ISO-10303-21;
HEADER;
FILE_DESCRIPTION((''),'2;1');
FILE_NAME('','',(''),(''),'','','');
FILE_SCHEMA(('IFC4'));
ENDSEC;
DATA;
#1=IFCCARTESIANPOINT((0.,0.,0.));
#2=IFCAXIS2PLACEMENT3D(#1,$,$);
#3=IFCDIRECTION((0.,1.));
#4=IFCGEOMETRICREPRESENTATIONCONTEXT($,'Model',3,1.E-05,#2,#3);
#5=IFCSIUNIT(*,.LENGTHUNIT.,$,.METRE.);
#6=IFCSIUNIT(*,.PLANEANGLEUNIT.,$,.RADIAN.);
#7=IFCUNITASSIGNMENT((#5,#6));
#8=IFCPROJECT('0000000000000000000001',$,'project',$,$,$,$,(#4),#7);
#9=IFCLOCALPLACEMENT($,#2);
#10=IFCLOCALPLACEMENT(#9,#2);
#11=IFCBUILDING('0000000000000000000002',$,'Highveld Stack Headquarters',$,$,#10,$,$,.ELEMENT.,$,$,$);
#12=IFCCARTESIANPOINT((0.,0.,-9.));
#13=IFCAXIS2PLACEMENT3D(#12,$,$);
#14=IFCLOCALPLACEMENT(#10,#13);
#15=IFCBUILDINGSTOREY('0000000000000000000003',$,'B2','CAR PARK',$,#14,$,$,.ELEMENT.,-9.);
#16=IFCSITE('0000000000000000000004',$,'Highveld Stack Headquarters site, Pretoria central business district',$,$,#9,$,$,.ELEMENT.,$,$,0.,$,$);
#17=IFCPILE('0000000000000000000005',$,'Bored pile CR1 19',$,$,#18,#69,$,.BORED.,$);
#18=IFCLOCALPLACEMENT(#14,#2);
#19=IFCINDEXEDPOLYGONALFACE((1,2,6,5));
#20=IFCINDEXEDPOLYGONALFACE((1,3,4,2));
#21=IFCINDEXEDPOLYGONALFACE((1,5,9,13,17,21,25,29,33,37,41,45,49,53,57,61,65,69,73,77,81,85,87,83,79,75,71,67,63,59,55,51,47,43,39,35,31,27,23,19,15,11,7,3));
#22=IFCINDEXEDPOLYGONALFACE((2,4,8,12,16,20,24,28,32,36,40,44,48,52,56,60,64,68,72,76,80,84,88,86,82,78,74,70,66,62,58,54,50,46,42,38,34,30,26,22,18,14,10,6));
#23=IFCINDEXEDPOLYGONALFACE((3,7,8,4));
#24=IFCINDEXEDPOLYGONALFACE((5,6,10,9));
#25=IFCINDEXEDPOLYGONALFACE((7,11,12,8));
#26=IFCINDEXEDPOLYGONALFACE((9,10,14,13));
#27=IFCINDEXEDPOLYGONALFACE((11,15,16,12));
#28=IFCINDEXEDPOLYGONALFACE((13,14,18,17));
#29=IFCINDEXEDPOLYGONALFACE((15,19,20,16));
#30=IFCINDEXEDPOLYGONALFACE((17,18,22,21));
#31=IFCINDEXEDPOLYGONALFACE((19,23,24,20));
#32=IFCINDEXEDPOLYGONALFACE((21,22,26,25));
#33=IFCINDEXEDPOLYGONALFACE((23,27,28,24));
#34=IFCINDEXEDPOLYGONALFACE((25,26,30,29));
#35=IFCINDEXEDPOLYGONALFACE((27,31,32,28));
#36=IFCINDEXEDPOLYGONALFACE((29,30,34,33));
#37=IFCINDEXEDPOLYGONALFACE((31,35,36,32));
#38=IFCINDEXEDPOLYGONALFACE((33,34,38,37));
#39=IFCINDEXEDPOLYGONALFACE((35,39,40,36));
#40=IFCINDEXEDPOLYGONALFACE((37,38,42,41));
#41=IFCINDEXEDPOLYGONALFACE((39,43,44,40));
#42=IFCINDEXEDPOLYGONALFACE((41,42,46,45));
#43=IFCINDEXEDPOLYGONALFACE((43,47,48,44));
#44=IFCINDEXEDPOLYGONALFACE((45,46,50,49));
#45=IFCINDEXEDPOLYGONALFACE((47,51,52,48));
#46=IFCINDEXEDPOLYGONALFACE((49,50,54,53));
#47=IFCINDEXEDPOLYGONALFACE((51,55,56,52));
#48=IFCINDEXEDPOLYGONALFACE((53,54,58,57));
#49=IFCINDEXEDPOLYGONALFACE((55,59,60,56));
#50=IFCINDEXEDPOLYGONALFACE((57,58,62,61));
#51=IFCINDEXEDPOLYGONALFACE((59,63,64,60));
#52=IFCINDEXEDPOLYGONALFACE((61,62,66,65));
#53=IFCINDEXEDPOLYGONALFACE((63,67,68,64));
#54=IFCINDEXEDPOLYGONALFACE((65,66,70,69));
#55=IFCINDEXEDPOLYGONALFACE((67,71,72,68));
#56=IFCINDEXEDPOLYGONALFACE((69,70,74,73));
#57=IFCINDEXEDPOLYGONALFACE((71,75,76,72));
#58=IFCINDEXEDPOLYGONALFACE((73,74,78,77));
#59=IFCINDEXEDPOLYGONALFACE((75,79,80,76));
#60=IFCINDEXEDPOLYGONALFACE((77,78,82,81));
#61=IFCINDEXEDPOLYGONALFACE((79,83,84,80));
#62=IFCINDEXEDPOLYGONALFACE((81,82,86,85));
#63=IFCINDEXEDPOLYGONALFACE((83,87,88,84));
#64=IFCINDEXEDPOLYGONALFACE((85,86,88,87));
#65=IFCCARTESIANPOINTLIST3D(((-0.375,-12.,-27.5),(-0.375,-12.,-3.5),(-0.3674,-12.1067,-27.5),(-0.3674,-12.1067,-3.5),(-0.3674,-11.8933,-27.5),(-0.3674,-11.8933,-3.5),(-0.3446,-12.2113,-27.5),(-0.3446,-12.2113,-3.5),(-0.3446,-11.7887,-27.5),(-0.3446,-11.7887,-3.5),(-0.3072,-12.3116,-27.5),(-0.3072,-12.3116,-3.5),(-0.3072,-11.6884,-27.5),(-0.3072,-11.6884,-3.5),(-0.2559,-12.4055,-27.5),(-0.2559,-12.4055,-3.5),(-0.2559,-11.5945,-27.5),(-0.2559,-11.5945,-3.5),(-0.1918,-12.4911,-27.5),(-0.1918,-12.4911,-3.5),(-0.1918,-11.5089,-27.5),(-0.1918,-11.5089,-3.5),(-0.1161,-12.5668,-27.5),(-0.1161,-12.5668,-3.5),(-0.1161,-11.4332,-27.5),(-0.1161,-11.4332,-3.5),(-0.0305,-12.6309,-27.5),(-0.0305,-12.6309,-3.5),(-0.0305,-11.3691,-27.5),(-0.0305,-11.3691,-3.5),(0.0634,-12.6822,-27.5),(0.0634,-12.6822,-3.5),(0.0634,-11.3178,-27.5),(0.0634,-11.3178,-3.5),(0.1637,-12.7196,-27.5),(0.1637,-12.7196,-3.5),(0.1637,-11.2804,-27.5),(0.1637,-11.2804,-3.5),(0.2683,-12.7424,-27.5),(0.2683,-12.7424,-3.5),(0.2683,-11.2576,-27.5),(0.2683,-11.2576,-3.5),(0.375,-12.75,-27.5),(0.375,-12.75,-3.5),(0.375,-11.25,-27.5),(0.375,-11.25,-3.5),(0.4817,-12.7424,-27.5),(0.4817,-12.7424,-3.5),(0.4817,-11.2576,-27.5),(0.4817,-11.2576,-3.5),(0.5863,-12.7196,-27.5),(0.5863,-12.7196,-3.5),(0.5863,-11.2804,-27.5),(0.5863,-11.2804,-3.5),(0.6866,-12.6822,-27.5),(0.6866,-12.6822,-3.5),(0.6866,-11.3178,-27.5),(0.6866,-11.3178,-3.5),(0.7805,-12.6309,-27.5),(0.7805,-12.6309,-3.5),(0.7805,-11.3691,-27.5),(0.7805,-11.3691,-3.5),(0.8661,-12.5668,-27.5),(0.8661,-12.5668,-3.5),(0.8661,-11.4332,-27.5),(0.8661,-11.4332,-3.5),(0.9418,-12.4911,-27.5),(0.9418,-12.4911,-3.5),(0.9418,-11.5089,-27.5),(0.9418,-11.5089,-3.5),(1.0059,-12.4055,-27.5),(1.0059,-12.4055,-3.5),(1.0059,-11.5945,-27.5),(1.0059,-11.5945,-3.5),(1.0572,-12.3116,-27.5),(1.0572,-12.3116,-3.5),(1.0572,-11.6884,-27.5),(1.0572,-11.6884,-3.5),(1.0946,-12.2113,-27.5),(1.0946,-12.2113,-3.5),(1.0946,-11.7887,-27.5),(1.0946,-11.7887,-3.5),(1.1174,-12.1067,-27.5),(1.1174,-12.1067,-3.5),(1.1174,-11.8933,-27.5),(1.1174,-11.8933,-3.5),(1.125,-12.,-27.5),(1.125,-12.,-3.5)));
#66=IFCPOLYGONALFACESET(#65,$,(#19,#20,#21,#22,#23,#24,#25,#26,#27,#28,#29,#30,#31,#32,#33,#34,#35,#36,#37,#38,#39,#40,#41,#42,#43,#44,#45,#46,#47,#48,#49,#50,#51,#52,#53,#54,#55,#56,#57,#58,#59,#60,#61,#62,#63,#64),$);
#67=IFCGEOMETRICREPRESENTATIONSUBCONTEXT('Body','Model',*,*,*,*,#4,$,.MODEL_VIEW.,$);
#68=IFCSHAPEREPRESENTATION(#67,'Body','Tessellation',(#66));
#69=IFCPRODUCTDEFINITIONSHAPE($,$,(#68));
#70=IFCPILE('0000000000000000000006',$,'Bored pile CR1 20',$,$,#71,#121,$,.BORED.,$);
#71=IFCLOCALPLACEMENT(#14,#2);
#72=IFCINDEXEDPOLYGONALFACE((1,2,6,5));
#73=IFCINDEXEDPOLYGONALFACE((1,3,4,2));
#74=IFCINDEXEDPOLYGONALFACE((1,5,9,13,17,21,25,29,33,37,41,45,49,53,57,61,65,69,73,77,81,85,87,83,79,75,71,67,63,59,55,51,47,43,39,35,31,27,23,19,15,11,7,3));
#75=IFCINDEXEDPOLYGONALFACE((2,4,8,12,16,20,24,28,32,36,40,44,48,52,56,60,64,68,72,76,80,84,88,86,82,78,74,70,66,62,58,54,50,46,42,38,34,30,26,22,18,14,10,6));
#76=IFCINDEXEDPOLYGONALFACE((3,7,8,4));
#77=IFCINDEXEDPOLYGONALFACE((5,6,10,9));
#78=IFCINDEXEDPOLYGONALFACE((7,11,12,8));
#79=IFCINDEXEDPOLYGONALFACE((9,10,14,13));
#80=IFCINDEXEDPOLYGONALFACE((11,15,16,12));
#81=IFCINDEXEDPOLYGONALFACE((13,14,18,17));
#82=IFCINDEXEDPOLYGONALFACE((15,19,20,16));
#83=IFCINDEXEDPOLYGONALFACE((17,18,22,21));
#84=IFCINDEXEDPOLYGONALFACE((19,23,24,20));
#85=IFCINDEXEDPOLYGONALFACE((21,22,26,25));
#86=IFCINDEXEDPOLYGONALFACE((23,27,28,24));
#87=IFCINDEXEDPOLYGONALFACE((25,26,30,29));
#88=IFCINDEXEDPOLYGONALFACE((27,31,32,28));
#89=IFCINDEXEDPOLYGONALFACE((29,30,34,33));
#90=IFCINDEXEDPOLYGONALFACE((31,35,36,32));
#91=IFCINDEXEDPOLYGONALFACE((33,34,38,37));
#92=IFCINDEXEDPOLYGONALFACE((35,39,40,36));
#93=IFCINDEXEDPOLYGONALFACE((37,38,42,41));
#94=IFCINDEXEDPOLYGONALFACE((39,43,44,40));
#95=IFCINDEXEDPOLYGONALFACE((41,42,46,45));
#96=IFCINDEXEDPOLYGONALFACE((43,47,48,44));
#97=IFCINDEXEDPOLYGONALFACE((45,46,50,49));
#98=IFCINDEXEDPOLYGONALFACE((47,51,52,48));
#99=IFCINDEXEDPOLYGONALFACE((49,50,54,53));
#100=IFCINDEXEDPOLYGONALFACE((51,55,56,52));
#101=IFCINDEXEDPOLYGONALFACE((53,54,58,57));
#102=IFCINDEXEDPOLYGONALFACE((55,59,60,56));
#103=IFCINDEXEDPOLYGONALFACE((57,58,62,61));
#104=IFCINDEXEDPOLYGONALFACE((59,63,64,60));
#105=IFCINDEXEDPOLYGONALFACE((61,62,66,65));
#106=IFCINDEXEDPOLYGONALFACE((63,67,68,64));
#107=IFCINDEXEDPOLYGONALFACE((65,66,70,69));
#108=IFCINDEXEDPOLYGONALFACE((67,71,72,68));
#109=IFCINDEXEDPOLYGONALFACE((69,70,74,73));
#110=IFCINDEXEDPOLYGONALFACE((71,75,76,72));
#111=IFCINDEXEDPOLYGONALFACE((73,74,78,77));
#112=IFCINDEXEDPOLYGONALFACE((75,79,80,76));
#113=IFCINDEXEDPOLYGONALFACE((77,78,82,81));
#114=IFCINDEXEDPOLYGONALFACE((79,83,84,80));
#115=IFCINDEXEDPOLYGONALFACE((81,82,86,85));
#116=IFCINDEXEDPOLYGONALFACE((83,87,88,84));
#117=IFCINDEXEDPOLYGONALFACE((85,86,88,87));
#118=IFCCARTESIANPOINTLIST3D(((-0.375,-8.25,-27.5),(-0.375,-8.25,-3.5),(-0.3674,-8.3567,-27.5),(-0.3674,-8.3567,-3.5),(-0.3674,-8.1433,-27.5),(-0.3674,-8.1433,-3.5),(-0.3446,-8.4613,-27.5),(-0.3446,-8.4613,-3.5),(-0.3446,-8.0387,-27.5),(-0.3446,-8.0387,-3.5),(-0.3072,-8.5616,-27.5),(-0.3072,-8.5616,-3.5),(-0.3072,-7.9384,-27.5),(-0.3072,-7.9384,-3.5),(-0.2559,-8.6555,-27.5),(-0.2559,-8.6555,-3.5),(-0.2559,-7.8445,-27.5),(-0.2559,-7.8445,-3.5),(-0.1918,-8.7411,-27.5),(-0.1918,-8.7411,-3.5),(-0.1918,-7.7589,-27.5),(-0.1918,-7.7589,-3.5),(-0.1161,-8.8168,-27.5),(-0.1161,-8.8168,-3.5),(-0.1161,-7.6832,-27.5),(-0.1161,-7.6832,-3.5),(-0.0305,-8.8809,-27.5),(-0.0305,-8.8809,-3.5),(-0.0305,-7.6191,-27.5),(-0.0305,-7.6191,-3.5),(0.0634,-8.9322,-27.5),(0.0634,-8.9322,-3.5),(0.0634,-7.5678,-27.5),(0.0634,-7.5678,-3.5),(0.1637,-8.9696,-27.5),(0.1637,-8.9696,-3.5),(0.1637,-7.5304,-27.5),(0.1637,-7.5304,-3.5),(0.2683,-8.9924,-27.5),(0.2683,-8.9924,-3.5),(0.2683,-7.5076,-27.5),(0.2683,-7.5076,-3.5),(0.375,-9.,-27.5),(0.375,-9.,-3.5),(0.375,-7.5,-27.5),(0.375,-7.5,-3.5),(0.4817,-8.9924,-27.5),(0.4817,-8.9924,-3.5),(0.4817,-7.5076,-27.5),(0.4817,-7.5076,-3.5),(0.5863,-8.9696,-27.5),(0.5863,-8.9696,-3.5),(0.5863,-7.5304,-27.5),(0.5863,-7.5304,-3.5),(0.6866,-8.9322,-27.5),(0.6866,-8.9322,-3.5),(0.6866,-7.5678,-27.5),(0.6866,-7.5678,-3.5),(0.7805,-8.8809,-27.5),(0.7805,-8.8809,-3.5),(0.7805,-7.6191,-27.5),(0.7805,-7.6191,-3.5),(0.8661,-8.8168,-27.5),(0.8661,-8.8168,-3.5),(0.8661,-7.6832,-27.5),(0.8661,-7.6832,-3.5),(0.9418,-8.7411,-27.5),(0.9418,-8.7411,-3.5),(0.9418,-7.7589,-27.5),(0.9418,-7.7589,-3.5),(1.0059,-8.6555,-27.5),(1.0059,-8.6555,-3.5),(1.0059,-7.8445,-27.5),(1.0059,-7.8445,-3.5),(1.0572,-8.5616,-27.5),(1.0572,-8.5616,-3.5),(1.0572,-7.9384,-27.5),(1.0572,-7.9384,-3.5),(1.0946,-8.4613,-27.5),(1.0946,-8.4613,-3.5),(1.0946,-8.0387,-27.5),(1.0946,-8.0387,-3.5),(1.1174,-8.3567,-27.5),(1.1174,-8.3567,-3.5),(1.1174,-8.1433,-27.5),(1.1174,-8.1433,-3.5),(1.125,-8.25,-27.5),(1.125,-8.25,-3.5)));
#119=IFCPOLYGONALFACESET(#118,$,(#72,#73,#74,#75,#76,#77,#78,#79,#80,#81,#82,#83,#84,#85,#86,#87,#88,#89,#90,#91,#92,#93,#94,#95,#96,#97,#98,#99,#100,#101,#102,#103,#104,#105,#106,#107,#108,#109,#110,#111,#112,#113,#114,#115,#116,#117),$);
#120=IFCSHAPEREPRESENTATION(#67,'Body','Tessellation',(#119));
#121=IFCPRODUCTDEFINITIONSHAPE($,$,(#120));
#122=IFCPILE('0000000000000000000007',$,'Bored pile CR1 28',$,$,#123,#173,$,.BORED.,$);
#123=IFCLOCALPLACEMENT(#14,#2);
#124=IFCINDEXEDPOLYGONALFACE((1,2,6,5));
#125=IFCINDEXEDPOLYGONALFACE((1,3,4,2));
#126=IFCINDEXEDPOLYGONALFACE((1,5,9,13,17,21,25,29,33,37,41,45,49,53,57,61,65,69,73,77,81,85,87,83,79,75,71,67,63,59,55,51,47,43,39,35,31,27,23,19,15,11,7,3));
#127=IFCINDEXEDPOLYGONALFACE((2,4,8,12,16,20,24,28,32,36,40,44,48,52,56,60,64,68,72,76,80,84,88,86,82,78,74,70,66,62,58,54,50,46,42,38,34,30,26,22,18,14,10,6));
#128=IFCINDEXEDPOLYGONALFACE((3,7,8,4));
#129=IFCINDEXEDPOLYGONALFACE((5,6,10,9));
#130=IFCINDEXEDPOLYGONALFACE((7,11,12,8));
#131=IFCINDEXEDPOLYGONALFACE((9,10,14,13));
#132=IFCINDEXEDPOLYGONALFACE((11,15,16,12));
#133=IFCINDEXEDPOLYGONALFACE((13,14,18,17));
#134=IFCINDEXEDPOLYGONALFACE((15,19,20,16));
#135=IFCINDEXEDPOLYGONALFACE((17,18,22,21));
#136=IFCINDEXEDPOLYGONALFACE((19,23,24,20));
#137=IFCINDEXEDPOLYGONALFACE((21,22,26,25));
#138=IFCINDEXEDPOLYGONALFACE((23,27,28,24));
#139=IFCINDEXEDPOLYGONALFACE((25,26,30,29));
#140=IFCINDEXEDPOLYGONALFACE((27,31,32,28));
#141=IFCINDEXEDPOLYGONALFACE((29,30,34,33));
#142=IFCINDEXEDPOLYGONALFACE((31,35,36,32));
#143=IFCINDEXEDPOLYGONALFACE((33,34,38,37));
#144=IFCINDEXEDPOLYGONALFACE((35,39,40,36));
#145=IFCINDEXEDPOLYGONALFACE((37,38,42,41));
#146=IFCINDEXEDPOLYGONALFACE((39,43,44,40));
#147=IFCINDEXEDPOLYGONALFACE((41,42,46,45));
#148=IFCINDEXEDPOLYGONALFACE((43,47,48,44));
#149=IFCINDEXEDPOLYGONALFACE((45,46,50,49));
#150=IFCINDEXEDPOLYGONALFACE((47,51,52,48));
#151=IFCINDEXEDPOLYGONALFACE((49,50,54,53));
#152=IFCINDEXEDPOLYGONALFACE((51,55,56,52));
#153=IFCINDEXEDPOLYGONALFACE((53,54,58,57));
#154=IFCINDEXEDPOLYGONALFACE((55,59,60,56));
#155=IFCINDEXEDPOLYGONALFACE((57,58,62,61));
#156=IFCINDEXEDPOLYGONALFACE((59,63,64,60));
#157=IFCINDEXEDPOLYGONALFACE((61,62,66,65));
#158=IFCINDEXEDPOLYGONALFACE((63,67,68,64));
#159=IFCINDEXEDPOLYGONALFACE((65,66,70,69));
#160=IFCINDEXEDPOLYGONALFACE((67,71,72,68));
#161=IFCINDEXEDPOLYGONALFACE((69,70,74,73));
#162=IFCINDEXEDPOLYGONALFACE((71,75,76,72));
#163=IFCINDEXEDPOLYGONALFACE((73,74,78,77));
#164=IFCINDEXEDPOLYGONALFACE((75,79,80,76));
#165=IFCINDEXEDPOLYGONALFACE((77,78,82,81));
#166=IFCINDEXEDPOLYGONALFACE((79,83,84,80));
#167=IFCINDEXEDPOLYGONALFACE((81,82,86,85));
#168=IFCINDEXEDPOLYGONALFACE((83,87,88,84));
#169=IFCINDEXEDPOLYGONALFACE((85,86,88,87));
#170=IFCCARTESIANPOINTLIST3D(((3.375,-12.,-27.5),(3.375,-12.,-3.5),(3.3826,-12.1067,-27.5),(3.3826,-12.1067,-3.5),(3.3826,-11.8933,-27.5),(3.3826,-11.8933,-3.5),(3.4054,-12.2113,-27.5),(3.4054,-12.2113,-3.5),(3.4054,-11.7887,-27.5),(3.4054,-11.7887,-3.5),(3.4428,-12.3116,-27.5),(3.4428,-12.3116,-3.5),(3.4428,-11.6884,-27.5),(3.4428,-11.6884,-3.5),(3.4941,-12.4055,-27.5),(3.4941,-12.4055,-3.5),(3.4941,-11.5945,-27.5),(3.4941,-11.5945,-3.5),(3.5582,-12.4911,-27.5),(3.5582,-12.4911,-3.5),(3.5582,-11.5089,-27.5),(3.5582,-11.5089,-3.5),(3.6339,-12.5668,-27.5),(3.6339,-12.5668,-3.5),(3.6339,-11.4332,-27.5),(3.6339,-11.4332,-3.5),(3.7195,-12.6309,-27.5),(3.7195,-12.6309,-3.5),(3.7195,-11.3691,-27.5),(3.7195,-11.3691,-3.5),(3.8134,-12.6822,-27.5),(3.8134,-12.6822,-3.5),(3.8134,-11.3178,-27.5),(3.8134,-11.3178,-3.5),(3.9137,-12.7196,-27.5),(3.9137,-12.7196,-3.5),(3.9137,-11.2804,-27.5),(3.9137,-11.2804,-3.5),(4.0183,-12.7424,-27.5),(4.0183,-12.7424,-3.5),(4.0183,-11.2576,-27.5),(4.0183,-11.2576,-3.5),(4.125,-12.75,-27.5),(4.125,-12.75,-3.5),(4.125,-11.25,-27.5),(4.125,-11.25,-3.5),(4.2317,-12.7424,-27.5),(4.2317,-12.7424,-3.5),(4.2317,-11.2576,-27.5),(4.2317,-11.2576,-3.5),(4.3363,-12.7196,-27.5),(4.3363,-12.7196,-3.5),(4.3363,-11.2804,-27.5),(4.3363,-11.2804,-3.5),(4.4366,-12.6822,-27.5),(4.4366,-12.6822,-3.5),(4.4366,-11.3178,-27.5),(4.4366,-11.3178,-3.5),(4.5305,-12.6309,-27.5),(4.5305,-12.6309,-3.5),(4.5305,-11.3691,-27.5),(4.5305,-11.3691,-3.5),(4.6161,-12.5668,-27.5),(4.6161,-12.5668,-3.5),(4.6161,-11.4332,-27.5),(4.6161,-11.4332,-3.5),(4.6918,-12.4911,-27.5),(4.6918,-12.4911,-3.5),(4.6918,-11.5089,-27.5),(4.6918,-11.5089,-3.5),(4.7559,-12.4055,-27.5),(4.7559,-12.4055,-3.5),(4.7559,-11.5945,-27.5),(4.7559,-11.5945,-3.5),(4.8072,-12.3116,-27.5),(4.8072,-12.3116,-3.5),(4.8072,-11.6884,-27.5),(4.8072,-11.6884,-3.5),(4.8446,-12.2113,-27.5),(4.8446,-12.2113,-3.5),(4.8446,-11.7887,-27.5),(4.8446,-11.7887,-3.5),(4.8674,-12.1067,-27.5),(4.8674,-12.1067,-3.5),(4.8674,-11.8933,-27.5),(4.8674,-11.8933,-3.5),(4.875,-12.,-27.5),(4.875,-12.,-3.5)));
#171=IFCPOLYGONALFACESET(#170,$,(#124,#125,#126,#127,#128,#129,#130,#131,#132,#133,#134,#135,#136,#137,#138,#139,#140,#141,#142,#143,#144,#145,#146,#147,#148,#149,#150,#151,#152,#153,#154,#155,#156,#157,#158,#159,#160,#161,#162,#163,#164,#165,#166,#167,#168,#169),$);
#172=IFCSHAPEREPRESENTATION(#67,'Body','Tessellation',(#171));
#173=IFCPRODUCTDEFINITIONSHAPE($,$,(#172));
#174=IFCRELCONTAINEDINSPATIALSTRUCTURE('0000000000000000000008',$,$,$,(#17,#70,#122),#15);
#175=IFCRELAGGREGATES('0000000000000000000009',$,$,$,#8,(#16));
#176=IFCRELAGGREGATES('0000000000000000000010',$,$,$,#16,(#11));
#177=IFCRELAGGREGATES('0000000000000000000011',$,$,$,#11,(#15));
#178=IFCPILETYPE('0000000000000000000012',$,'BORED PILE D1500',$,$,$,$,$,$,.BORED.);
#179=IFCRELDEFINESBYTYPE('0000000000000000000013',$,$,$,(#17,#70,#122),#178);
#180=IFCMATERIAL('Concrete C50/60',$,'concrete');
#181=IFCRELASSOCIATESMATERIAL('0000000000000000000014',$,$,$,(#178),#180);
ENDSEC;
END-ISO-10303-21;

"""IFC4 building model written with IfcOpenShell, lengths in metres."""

from ifc_helpers import new_model, si_unit, direction, frame, origin, origin_2d, place, context, subcontext, project, spatial, circle, extrude, material, type_object, element, save


model = new_model("IFC4")

# Units and contexts
model_context = context("Model", 3, precision=1e-05, world=origin(), true_north=direction((0.0, 1.0)))
body_context = subcontext(model_context, "Body", "Model", "MODEL_VIEW")
ifc_project = project(units=[si_unit("LENGTHUNIT", "METRE"), si_unit("PLANEANGLEUNIT", "RADIAN")], contexts=[model_context])

# Site, building, storey
site_placement = place(None, origin())
site = spatial("IfcSite", under=ifc_project, at=site_placement, Name="Highveld Stack Headquarters site, Pretoria central business district", CompositionType="ELEMENT", RefElevation=0.0)
building_placement = place(site_placement, origin())
building = spatial("IfcBuilding", under=site, at=building_placement, Name="Highveld Stack Headquarters", CompositionType="ELEMENT")
storey_placement = place(building_placement, frame((0.0, 0.0, -9.0)))
storey = spatial("IfcBuildingStorey", under=building, at=storey_placement, Name="B2", Description="CAR PARK", CompositionType="ELEMENT", Elevation=-9.0)

# Piles
ifc_material_1 = material(Name="Concrete C50/60", Category="concrete")
pile_type_1 = type_object("IfcPileType", Name="BORED PILE D1500", PredefinedType="BORED", material=ifc_material_1)
for number, where, z_axis, x_axis, name in (
    (1, (0.375, -12.0, -3.5), (0.0, 0.0, -1.0), (1.0, 0.0, 0.0), "Bored pile CR1 19"),
    (2, (0.375, -8.25, -3.5), (0.0, 0.0, -1.0), (1.0, 0.0, 0.0), "Bored pile CR1 20"),
    (3, (4.125, -12.0, -3.5), (0.0, 0.0, -1.0), (1.0, 0.0, 0.0), "Bored pile CR1 28"),
):
    element("IfcPile", number, at=place(storey_placement, frame(where, z_axis=z_axis, x_axis=x_axis)), inside=storey, type_object=pile_type_1, Name=name, PredefinedType="BORED", context=body_context, shape_type="SweptSolid", body=[
        extrude(circle(Radius=0.75, at=origin_2d()), origin(), (0.0, 0.0, 1.0), 24.0),
    ])

save(model, "model.ifc")
